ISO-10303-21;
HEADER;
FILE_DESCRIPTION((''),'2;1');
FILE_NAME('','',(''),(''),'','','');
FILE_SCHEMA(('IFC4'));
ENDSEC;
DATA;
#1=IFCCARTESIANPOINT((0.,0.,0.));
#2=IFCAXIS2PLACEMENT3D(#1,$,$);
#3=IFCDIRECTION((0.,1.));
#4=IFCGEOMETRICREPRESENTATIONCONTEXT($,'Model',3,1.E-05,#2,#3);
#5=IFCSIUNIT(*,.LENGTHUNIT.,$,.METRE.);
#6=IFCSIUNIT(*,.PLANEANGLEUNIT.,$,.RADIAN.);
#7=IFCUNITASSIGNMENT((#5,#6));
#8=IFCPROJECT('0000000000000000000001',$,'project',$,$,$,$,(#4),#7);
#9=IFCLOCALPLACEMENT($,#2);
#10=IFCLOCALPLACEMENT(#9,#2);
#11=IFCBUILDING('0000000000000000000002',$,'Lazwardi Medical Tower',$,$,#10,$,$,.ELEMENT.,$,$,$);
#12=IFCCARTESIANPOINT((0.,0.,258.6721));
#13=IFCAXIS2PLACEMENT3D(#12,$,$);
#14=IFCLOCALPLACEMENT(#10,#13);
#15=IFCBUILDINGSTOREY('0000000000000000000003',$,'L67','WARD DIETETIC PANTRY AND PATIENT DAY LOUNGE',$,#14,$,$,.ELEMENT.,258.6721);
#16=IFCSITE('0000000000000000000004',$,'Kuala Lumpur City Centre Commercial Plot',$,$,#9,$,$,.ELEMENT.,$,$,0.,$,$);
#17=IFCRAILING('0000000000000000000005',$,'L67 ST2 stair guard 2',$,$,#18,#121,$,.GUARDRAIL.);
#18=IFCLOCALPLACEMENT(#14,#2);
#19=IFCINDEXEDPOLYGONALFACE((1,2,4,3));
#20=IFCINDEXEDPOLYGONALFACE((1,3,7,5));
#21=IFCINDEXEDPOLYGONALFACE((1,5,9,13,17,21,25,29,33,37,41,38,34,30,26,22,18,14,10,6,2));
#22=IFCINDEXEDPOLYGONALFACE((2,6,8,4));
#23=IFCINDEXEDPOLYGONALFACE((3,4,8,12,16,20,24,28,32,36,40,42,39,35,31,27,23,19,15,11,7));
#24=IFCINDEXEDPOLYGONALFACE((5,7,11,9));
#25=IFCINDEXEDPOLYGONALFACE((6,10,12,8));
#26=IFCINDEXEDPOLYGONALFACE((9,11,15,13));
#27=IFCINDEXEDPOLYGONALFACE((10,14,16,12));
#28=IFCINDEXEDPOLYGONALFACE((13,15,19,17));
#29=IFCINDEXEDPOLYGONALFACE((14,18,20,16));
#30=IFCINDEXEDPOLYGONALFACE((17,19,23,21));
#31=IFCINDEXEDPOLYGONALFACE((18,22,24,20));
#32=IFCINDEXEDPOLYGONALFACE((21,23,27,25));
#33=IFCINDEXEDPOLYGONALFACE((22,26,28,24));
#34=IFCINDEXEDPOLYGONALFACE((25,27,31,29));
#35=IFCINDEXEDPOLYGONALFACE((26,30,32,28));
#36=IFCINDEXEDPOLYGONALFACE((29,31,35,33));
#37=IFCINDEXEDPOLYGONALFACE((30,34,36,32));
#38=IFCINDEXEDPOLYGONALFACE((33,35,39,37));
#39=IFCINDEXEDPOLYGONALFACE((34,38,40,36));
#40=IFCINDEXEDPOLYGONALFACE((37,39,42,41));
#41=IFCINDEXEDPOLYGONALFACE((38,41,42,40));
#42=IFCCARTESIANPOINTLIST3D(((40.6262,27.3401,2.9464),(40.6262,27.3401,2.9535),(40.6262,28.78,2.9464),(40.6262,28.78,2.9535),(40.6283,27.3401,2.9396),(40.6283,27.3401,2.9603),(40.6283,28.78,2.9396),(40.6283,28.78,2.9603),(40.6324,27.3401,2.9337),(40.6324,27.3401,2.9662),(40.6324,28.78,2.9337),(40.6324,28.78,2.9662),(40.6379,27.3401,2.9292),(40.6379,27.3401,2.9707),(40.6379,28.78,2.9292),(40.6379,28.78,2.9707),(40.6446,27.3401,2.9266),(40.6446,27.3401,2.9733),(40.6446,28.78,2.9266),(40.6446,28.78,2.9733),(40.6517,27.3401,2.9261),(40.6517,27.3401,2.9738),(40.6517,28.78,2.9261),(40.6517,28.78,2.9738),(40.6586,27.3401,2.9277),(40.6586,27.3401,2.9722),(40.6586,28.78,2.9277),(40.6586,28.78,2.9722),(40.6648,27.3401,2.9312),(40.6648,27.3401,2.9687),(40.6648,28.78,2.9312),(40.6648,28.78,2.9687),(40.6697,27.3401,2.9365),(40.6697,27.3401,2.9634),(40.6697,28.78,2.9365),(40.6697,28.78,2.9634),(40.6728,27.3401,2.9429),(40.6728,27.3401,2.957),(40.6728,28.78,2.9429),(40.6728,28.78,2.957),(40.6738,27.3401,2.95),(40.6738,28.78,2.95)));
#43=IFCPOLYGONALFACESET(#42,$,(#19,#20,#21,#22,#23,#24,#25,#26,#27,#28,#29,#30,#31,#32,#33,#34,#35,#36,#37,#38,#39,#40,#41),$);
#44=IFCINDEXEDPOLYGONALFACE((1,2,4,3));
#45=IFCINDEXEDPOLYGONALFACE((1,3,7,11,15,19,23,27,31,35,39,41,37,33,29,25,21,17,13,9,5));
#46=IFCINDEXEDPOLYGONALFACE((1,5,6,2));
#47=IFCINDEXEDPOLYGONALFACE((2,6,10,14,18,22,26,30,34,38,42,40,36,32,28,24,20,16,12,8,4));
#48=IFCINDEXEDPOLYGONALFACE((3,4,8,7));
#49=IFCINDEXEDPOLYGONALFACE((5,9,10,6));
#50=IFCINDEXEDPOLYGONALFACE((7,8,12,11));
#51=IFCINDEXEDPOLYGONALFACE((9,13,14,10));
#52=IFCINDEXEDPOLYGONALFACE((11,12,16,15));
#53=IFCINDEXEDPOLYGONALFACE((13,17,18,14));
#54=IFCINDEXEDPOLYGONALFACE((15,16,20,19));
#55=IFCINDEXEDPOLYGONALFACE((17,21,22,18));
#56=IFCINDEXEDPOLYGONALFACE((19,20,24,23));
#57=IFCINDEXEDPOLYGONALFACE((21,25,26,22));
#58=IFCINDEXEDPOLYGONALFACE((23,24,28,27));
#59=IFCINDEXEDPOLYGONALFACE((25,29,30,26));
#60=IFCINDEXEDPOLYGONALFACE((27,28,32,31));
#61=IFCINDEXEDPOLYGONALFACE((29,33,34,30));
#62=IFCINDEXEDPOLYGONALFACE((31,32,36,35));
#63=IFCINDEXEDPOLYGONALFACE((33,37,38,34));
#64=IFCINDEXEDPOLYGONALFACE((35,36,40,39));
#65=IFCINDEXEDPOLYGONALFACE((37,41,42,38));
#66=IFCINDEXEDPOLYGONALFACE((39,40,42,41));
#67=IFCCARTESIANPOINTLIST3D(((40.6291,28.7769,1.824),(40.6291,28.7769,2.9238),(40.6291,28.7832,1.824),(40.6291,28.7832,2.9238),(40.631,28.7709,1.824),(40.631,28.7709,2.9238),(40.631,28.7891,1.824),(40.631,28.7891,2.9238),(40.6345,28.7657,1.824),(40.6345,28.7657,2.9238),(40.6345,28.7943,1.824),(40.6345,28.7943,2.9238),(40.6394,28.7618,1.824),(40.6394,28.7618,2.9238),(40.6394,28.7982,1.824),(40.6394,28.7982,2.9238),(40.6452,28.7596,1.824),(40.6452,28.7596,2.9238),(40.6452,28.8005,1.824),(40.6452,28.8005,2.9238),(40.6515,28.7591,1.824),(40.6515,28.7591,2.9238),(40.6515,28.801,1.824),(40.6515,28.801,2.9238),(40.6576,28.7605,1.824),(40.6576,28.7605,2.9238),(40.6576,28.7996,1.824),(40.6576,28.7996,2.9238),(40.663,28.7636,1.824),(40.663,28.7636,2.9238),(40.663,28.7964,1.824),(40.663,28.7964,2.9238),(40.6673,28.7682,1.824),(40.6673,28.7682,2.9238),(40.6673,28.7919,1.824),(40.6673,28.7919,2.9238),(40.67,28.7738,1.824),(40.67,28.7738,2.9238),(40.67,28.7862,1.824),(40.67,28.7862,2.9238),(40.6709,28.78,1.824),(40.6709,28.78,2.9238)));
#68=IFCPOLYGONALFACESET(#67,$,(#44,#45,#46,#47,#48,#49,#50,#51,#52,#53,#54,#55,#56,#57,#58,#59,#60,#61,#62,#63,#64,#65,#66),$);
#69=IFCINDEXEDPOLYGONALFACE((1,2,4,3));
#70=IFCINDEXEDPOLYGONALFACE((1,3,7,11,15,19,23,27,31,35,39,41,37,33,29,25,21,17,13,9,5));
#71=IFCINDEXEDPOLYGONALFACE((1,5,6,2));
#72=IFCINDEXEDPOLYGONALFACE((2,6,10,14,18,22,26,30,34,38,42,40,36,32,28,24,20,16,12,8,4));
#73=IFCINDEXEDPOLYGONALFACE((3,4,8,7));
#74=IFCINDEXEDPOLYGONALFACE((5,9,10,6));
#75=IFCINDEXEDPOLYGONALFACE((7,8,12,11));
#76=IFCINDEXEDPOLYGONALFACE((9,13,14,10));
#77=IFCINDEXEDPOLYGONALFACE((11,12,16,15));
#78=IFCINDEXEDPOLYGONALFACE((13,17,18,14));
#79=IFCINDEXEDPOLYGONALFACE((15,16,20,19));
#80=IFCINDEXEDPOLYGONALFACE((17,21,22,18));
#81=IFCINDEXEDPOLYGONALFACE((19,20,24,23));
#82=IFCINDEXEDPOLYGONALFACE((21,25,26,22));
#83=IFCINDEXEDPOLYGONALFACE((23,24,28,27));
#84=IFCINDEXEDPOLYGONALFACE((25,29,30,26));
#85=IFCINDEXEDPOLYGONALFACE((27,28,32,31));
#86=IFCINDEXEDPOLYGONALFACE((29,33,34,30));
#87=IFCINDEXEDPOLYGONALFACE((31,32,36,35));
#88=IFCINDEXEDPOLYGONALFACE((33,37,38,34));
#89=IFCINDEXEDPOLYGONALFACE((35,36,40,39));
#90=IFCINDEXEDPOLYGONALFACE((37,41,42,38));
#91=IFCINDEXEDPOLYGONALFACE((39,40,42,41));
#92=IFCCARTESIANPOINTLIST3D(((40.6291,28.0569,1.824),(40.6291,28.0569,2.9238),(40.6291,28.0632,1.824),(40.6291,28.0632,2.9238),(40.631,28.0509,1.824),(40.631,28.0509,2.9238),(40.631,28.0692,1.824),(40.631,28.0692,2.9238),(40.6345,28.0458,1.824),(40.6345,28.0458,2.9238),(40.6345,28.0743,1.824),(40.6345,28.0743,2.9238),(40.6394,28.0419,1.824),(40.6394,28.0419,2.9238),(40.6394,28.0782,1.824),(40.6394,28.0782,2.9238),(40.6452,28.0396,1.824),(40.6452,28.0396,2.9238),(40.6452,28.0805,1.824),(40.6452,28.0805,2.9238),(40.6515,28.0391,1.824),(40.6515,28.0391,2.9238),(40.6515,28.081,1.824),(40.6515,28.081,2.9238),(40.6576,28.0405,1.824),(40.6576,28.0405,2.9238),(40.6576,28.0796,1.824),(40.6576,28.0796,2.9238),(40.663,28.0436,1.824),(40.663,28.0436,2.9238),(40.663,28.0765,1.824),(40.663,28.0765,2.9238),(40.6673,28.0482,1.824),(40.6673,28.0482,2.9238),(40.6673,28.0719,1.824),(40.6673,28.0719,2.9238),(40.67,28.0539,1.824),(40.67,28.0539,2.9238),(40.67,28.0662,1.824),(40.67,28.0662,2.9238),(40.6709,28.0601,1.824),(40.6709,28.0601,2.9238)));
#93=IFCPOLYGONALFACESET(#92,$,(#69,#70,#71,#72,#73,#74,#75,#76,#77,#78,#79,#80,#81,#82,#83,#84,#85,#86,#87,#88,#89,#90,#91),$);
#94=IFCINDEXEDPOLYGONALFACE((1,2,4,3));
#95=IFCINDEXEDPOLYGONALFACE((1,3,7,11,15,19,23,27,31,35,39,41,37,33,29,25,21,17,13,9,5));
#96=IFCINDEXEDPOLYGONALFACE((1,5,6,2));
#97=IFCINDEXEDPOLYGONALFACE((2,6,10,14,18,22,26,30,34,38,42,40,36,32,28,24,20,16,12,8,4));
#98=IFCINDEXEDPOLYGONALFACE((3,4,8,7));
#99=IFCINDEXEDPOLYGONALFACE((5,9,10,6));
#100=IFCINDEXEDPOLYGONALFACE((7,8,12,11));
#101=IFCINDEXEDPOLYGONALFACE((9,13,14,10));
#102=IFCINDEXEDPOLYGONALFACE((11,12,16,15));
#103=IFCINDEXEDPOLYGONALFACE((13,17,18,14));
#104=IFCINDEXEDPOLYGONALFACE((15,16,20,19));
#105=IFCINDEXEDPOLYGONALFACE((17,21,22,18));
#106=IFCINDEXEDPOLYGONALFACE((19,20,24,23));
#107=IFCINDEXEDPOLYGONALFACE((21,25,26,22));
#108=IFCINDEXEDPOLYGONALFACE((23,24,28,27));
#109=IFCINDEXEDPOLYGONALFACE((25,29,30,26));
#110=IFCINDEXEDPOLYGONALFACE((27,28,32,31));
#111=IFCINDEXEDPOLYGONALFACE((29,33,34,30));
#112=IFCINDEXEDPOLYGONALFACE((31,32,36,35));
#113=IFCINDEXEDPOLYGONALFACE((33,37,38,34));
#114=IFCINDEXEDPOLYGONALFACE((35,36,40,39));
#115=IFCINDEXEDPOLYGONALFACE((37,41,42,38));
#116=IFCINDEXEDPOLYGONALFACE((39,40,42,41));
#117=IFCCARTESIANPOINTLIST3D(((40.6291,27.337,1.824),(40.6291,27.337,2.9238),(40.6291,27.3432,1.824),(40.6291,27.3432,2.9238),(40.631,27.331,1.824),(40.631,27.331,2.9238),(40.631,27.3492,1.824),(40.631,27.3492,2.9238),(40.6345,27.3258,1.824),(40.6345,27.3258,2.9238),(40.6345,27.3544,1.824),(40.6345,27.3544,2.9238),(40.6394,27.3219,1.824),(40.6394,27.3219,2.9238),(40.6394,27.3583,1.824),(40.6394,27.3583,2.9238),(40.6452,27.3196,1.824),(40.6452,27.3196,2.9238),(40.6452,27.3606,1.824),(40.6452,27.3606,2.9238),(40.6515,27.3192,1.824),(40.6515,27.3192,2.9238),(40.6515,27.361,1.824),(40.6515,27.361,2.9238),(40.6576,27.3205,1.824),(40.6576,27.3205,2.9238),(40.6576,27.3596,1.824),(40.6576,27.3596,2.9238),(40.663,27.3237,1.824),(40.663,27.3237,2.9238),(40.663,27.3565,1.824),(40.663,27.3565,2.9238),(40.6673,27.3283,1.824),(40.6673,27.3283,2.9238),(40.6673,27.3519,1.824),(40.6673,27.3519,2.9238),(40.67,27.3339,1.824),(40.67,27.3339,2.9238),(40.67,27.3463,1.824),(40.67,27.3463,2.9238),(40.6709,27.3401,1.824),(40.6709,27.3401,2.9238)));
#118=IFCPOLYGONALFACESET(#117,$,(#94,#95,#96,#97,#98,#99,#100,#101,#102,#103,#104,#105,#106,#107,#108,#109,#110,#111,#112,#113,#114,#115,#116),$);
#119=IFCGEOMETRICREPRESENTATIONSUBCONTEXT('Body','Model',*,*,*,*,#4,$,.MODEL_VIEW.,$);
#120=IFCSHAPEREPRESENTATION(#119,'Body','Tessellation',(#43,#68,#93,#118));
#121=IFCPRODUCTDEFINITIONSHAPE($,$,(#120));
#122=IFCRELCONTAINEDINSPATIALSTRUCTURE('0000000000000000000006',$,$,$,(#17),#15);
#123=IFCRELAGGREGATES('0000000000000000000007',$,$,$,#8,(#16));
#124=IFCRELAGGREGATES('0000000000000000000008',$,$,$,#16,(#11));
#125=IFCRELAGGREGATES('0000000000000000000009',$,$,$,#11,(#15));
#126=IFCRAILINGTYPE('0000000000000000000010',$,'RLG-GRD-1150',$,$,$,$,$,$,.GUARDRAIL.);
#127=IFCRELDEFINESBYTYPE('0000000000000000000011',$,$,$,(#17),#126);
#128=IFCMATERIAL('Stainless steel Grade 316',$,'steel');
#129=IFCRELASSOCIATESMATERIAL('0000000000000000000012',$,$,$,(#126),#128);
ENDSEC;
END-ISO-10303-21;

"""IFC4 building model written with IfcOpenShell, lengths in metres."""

from ifc_helpers import new_model, si_unit, direction, frame, origin, origin_2d, place, context, subcontext, project, spatial, circle, extrude, material, type_object, element, save


model = new_model("IFC4")

# Units and contexts
model_context = context("Model", 3, precision=1e-05, world=origin(), true_north=direction((0.0, 1.0)))
body_context = subcontext(model_context, "Body", "Model", "MODEL_VIEW")
ifc_project = project(units=[si_unit("LENGTHUNIT", "METRE"), si_unit("PLANEANGLEUNIT", "RADIAN")], contexts=[model_context])

# Site, building, storey
site_placement = place(None, origin())
site = spatial("IfcSite", under=ifc_project, at=site_placement, Name="Kuala Lumpur City Centre Commercial Plot", CompositionType="ELEMENT", RefElevation=0.0)
building_placement = place(site_placement, origin())
building = spatial("IfcBuilding", under=site, at=building_placement, Name="Lazwardi Medical Tower", CompositionType="ELEMENT")
storey_placement = place(building_placement, frame((0.0, 0.0, 258.6721)))
storey = spatial("IfcBuildingStorey", under=building, at=storey_placement, Name="L67", Description="WARD DIETETIC PANTRY AND PATIENT DAY LOUNGE", CompositionType="ELEMENT", Elevation=258.6721)

# Railing
ifc_material_1 = material(Name="Stainless steel Grade 316", Category="steel")
railing_type_1 = type_object("IfcRailingType", Name="RLG-GRD-1150", PredefinedType="GUARDRAIL", material=ifc_material_1)
railing_1_placement = place(storey_placement, frame((40.6499, 28.78, 1.824)))
element("IfcRailing", 1, at=railing_1_placement, inside=storey, type_object=railing_type_1, Name="L67 ST2 stair guard 2", PredefinedType="GUARDRAIL", context=body_context, shape_type="SweptSolid", body=[
    extrude(circle(Radius=0.0239, at=origin_2d()), frame((0.0, 0.0, 1.126), z_axis=(0.0, -1.0, 0.0), x_axis=(1.0, 0.0, 0.0)), (0.0, 0.0, 1.0), 1.4399),
    extrude(circle(Radius=0.021, at=origin_2d()), origin(), (0.0, 0.0, 1.0), 1.0999),
    extrude(circle(Radius=0.021, at=origin_2d()), frame((0.0, -0.72, 0.0)), (0.0, 0.0, 1.0), 1.0999),
    extrude(circle(Radius=0.021, at=origin_2d()), frame((0.0, -1.4399, 0.0)), (0.0, 0.0, 1.0), 1.0999),
])

save(model, "model.ifc")
